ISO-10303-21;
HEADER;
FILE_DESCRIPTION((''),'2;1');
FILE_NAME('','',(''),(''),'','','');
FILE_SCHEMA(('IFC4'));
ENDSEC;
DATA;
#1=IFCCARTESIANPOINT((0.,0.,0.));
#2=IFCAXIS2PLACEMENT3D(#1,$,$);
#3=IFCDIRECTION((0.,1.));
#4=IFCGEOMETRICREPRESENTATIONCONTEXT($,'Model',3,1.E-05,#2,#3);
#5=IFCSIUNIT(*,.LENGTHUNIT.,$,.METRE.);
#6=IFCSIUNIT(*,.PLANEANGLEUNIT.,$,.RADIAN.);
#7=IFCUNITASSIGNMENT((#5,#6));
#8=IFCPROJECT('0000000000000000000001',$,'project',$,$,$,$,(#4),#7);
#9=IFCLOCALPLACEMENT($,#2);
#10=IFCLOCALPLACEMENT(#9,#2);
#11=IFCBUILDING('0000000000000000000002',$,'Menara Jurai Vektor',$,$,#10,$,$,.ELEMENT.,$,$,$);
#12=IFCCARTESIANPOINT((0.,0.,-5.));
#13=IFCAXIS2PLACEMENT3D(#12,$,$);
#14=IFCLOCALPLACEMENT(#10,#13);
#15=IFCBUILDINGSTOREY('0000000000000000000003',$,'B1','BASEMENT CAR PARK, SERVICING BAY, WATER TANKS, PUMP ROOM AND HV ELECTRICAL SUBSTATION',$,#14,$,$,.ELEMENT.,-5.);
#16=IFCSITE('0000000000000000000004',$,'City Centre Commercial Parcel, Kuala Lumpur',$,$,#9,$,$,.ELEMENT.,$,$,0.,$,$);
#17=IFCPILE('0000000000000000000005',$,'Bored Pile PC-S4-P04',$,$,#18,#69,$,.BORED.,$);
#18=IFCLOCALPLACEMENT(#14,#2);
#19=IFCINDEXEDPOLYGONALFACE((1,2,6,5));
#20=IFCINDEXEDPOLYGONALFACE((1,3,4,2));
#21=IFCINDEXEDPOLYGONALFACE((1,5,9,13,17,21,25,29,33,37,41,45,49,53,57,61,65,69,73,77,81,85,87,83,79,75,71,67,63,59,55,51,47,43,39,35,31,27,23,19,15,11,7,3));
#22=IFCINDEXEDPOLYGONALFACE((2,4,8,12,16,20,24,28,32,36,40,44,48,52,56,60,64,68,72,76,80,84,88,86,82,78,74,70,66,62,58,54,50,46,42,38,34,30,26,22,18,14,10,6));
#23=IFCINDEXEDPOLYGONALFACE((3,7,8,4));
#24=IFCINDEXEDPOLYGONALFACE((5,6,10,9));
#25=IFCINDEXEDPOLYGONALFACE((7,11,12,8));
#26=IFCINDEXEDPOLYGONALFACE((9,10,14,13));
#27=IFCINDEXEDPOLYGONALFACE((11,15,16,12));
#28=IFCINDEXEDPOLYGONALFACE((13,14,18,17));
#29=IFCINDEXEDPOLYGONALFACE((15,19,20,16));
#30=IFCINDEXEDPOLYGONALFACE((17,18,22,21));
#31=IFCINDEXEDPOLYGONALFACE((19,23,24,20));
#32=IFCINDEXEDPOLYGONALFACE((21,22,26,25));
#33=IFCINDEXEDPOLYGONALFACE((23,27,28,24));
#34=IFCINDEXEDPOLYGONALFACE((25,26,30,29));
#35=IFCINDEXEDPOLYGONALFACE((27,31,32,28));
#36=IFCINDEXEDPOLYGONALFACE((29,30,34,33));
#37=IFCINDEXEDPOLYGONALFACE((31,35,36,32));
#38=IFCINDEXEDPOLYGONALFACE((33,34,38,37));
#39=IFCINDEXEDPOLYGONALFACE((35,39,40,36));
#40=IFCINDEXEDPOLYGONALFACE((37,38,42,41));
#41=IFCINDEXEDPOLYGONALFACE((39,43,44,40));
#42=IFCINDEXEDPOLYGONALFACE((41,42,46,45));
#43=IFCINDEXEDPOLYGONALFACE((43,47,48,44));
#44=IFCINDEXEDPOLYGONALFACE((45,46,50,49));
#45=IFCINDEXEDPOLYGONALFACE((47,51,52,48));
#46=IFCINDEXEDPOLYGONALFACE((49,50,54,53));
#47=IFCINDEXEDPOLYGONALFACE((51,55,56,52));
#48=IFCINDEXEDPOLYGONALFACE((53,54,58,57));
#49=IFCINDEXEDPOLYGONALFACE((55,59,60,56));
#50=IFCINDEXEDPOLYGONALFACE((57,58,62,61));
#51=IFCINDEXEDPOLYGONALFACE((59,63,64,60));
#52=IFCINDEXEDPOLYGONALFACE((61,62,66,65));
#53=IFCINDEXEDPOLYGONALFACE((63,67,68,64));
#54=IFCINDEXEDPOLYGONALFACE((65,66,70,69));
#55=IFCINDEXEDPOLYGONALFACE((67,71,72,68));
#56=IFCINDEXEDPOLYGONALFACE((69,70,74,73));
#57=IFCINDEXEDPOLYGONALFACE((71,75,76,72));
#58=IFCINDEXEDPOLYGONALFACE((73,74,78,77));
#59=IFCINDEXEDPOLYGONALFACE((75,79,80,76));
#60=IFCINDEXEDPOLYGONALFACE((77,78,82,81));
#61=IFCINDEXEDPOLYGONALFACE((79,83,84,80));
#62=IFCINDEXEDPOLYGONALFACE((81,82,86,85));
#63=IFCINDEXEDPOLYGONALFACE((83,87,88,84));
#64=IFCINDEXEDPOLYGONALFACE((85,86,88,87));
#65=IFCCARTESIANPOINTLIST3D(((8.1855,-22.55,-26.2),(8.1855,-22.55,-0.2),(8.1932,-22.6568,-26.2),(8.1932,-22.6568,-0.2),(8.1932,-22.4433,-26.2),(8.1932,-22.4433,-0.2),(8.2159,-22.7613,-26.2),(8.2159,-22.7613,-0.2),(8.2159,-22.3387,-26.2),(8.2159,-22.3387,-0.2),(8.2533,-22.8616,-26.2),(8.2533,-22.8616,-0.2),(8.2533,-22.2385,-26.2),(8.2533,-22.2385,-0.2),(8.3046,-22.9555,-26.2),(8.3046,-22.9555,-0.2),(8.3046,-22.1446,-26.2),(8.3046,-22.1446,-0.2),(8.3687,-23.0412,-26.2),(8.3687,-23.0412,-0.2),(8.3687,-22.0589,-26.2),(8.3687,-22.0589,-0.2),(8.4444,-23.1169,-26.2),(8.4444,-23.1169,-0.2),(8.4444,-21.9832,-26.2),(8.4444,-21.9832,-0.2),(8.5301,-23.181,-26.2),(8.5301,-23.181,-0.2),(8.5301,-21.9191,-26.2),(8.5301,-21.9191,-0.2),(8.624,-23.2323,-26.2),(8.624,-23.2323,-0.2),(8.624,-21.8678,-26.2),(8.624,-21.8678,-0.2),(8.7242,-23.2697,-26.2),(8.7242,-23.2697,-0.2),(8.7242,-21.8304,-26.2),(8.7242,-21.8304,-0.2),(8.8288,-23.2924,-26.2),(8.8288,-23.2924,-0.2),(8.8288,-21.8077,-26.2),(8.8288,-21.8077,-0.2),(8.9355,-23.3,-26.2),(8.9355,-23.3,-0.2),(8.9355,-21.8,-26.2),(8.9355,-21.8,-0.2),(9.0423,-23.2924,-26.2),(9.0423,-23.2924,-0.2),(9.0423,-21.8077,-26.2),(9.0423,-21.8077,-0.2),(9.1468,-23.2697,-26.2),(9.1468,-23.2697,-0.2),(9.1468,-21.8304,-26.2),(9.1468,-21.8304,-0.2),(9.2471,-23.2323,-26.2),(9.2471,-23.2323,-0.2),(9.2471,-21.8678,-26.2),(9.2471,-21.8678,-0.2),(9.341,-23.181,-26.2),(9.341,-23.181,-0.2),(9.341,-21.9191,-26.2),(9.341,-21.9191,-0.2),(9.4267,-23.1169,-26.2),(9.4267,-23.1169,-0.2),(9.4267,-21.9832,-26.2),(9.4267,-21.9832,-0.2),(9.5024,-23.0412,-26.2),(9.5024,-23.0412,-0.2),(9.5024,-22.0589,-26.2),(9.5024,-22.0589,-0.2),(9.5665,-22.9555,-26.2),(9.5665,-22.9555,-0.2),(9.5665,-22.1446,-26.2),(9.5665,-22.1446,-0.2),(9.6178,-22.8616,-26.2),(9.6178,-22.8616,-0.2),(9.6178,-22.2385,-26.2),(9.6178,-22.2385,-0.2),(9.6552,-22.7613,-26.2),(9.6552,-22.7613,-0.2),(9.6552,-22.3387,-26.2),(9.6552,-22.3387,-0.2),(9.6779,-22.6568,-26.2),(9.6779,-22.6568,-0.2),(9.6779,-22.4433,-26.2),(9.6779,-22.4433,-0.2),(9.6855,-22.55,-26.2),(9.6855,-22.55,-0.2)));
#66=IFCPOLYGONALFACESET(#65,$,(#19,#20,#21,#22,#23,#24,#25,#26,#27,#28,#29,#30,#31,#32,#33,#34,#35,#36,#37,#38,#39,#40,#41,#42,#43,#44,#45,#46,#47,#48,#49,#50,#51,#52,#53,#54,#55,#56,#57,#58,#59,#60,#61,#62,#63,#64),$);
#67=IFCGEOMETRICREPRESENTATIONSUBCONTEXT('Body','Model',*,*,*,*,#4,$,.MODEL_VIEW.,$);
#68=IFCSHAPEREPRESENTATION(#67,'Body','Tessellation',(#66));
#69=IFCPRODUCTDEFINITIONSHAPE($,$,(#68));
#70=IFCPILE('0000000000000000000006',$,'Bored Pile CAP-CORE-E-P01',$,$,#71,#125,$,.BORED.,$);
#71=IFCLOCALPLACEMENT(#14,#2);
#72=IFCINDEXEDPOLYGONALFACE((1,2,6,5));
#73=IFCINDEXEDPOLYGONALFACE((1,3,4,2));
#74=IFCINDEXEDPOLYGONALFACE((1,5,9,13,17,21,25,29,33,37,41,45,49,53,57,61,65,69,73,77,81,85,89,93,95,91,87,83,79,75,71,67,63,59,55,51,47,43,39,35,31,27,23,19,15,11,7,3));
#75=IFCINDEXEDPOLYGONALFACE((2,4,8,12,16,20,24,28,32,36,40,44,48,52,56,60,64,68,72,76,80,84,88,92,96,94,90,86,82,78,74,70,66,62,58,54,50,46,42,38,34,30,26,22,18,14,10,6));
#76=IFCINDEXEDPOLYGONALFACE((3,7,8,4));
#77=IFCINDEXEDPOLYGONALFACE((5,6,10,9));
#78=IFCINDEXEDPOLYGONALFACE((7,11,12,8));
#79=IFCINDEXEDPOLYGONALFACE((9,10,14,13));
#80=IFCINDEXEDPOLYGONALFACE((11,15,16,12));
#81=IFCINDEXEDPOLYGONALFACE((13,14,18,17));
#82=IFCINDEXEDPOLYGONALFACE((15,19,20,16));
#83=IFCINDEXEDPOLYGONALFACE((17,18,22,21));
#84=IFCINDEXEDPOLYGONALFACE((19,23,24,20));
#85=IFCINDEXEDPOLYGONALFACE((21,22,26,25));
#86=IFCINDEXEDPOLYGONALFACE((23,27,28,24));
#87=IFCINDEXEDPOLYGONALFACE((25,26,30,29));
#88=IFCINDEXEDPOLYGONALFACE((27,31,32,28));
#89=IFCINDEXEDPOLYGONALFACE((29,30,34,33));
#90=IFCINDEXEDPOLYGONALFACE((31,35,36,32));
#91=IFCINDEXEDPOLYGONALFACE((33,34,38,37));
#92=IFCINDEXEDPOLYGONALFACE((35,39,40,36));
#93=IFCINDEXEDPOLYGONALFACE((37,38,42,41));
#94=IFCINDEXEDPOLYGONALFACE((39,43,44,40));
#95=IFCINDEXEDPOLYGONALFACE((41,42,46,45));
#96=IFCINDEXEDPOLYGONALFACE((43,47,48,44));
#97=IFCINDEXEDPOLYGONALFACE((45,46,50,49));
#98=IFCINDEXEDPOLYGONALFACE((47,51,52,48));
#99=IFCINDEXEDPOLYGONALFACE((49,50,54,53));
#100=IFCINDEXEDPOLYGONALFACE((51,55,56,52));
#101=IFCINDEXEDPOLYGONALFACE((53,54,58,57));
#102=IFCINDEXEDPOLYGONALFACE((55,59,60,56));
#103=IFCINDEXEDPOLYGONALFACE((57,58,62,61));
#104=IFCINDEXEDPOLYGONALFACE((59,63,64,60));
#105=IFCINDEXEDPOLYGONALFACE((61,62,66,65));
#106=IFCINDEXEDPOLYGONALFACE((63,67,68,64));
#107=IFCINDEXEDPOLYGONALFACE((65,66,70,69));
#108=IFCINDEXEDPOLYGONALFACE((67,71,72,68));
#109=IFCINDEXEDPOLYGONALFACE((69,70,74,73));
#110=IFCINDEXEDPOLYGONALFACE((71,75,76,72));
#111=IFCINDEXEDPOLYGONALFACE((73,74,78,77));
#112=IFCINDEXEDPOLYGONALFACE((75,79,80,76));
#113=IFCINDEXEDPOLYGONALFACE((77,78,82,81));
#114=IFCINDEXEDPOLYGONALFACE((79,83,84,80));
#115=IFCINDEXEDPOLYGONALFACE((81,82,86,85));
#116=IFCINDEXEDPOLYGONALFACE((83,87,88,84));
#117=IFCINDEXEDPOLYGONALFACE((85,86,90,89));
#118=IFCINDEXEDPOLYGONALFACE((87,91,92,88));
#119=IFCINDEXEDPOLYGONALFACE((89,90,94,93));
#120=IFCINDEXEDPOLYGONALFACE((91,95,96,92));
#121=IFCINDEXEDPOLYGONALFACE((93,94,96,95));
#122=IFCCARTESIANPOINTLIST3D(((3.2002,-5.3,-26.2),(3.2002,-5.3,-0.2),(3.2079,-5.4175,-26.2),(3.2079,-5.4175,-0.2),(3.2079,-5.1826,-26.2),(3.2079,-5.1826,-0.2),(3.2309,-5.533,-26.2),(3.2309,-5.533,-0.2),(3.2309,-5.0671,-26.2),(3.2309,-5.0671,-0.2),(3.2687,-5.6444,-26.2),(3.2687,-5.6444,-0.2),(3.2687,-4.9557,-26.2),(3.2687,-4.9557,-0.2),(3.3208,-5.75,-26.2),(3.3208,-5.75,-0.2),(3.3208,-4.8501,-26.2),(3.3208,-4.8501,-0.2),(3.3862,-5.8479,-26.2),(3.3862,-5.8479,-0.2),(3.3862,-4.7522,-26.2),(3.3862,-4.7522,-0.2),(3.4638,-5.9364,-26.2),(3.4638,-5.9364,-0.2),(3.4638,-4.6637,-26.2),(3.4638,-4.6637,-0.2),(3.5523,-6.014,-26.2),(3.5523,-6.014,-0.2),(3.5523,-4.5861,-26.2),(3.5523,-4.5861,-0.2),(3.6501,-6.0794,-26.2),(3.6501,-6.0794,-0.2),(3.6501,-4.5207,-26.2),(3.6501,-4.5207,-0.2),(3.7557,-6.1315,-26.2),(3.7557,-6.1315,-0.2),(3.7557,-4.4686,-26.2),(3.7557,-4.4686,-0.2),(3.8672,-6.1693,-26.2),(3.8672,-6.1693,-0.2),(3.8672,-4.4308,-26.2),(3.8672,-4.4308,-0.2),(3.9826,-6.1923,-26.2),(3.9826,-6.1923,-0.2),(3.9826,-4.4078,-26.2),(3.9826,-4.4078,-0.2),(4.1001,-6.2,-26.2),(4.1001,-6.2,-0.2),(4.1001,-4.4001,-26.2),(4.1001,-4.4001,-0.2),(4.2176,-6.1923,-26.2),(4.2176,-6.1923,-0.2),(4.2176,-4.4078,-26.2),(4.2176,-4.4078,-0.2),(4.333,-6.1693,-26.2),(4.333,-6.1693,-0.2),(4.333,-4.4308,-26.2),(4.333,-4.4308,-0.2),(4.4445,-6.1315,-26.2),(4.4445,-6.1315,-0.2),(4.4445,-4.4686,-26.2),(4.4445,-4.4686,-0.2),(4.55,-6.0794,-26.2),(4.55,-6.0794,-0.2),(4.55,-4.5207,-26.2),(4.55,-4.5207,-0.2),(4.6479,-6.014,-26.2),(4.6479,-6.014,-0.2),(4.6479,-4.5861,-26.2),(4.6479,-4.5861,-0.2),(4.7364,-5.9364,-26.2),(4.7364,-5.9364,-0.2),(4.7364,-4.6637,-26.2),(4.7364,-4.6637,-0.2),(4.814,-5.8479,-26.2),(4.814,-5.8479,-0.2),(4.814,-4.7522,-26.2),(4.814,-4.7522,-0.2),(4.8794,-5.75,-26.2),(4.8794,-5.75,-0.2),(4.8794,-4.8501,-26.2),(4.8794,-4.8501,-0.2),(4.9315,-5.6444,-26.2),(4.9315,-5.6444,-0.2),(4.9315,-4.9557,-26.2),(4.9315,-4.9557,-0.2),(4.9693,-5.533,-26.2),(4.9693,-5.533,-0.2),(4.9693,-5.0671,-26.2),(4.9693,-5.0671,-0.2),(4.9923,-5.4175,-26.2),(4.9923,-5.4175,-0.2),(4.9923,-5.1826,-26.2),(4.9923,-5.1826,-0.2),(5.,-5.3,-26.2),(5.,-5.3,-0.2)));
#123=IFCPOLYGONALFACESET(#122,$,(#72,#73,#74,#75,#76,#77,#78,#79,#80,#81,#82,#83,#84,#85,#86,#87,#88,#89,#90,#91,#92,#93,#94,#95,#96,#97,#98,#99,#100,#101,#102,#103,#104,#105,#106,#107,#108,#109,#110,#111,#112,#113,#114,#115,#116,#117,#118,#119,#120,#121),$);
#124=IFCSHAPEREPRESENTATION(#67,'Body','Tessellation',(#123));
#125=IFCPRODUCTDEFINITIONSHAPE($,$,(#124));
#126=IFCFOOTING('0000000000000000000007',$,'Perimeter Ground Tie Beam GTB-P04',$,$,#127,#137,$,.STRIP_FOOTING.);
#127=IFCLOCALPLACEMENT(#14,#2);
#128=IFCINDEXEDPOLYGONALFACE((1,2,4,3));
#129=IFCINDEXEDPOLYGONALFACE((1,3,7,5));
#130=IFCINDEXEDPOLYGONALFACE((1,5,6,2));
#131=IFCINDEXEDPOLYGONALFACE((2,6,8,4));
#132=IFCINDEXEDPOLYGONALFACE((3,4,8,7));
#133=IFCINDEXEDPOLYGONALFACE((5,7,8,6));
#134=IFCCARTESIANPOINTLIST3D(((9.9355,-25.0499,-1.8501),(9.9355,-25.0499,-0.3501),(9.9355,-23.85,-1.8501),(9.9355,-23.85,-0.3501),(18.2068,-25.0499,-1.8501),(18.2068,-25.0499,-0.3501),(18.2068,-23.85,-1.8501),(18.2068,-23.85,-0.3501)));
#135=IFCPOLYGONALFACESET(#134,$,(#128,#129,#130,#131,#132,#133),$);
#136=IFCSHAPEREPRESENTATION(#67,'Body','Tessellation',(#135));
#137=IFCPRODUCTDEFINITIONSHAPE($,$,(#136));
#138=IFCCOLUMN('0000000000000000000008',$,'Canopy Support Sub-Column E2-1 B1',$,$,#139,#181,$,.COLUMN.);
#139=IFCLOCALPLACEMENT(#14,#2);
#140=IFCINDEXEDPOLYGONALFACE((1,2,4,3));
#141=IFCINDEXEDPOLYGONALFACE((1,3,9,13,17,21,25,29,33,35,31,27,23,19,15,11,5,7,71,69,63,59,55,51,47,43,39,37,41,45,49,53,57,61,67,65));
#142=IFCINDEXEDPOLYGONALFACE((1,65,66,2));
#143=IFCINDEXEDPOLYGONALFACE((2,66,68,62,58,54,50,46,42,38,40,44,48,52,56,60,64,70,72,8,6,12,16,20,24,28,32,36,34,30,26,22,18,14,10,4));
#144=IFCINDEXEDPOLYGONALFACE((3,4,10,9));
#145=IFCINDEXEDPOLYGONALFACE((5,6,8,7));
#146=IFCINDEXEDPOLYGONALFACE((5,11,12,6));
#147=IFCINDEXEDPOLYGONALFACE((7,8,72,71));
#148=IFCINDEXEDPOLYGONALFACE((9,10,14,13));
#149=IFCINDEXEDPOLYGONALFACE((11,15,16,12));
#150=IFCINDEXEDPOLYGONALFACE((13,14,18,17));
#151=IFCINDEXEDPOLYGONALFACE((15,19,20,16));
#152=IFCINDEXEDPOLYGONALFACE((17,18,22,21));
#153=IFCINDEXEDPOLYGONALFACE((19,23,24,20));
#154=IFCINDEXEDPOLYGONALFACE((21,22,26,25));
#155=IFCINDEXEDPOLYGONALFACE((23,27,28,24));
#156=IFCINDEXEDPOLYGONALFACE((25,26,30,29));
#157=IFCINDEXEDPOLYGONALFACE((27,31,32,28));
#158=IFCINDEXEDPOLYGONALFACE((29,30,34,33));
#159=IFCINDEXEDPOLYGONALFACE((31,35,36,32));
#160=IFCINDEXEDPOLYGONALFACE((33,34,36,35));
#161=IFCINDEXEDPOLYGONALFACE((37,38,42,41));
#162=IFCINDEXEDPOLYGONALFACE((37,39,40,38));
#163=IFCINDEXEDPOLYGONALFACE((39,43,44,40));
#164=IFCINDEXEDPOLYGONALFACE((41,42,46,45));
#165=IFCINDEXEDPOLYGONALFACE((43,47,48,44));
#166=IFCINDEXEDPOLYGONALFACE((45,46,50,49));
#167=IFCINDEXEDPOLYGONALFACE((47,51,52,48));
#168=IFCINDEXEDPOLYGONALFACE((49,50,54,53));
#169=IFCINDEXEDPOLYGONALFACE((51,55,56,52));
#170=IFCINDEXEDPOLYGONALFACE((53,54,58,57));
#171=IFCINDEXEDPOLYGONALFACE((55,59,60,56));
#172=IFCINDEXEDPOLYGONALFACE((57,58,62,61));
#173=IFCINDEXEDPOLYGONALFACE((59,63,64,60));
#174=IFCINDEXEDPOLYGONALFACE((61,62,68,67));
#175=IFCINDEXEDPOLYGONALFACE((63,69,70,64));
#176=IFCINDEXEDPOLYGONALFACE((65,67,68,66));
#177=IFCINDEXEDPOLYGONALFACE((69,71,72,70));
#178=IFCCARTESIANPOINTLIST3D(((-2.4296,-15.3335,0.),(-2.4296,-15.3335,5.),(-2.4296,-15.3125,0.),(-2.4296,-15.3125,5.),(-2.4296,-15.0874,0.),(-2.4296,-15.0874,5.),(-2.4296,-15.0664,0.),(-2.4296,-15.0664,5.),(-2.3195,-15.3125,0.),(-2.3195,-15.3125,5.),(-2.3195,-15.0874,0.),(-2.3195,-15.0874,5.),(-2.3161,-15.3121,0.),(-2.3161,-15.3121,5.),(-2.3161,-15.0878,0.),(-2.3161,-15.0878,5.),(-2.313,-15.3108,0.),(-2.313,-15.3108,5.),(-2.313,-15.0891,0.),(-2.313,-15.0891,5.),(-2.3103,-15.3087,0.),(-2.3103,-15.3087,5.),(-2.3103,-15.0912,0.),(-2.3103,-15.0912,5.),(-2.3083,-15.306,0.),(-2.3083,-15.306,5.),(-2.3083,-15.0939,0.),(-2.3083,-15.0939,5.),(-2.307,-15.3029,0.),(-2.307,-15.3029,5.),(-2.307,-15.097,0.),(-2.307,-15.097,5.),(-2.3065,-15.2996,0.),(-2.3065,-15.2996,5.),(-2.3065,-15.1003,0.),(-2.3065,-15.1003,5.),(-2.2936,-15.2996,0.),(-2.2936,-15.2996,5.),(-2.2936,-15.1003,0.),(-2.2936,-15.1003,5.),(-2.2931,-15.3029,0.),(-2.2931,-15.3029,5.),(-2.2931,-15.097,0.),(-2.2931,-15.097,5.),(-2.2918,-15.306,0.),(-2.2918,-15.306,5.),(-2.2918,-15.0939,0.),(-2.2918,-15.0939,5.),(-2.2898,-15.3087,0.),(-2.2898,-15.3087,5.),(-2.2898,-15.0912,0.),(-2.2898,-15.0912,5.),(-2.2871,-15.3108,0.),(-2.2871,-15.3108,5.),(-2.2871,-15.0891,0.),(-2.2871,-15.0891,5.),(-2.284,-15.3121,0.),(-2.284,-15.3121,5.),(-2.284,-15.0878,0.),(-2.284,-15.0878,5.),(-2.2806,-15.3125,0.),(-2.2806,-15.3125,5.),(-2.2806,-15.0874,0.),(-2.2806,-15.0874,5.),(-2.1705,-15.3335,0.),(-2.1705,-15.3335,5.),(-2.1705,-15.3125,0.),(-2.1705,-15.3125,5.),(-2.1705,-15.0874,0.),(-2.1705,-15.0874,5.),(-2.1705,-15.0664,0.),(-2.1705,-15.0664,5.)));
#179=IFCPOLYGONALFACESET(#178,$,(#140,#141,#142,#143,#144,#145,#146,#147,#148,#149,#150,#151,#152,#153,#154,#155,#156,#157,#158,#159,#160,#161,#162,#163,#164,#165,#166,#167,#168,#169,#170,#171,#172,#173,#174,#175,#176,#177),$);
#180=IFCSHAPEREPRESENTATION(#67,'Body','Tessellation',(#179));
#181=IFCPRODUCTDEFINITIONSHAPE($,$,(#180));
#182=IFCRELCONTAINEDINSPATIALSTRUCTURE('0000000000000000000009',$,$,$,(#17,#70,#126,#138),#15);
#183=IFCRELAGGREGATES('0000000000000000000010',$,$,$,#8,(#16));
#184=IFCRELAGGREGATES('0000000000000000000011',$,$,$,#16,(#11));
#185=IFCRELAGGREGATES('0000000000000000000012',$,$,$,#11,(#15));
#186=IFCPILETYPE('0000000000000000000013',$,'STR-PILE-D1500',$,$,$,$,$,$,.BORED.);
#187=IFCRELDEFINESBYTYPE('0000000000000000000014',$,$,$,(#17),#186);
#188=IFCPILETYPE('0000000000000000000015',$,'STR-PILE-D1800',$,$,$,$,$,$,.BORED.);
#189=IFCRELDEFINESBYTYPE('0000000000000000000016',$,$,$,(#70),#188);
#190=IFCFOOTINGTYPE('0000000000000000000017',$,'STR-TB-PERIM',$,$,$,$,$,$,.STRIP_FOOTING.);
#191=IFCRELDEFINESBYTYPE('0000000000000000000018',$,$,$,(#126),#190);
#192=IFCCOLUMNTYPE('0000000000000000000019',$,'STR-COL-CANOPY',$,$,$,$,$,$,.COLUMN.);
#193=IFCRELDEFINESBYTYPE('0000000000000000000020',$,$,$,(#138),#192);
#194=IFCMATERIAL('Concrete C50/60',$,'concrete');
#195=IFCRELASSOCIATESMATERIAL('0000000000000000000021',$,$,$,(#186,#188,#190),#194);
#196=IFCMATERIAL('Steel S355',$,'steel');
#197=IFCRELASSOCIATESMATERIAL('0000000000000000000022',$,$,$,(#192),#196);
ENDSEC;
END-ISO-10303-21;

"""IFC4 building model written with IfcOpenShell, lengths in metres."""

from ifc_helpers import new_model, si_unit, direction, frame, origin, origin_2d, place, context, subcontext, project, spatial, rectangle, circle, i_section, extrude, material, material_profile, profile_set, type_object, element, save


model = new_model("IFC4")

# Units and contexts
model_context = context("Model", 3, precision=1e-05, world=origin(), true_north=direction((0.0, 1.0)))
body_context = subcontext(model_context, "Body", "Model", "MODEL_VIEW")
ifc_project = project(units=[si_unit("LENGTHUNIT", "METRE"), si_unit("PLANEANGLEUNIT", "RADIAN")], contexts=[model_context])

# Site, building, storey
site_placement = place(None, origin())
site = spatial("IfcSite", under=ifc_project, at=site_placement, Name="City Centre Commercial Parcel, Kuala Lumpur", CompositionType="ELEMENT", RefElevation=0.0)
building_placement = place(site_placement, origin())
building = spatial("IfcBuilding", under=site, at=building_placement, Name="Menara Jurai Vektor", CompositionType="ELEMENT")
storey_placement = place(building_placement, frame((0.0, 0.0, -5.0)))
storey = spatial("IfcBuildingStorey", under=building, at=storey_placement, Name="B1", Description="BASEMENT CAR PARK, SERVICING BAY, WATER TANKS, PUMP ROOM AND HV ELECTRICAL SUBSTATION", CompositionType="ELEMENT", Elevation=-5.0)

# Shared definitions
ifc_material_1 = material(Name="Concrete C50/60", Category="concrete")

# Piles
ifc_material_profile_1 = material_profile(ifc_material_1, circle(Radius=0.75, at=origin_2d()), Name="PILE D1500")
ifc_profile_set_1 = profile_set([ifc_material_profile_1], Name="Concrete C50/60")
pile_type_1 = type_object("IfcPileType", Name="STR-PILE-D1500", PredefinedType="BORED", material=ifc_profile_set_1)
for number, where, z_axis, x_axis, name in (
    (1, (8.9355, -22.55, -0.2), (0.0, 0.0, -1.0), (1.0, 0.0, 0.0), "Bored Pile PC-S4-P04"),
):
    element("IfcPile", number, at=place(storey_placement, frame(where, z_axis=z_axis, x_axis=x_axis)), inside=storey, type_object=pile_type_1, Name=name, PredefinedType="BORED", context=body_context, shape_type="SweptSolid", body=[
        extrude(circle(Radius=0.75, at=origin_2d()), origin(), (0.0, 0.0, 1.0), 26.0),
    ])
ifc_material_profile_2 = material_profile(ifc_material_1, circle(Radius=0.8999, at=origin_2d()), Name="PILE D1800")
ifc_profile_set_2 = profile_set([ifc_material_profile_2], Name="Concrete C50/60")
pile_type_2 = type_object("IfcPileType", Name="STR-PILE-D1800", PredefinedType="BORED", material=ifc_profile_set_2)
pile_placement = place(storey_placement, frame((4.1001, -5.3, -0.2), z_axis=(0.0, 0.0, -1.0), x_axis=(1.0, 0.0, 0.0)))
element("IfcPile", 2, at=pile_placement, inside=storey, type_object=pile_type_2, Name="Bored Pile CAP-CORE-E-P01", PredefinedType="BORED", context=body_context, shape_type="SweptSolid", body=[
    extrude(circle(Radius=0.8999, at=origin_2d()), origin(), (0.0, 0.0, 1.0), 26.0),
])

# Footing
ifc_material_profile_3 = material_profile(ifc_material_1, rectangle(XDim=1.2, YDim=1.5, at=origin_2d()), Name="RC 1200x1500")
ifc_profile_set_3 = profile_set([ifc_material_profile_3], Name="Concrete C50/60")
footing_type_1 = type_object("IfcFootingType", Name="STR-TB-PERIM", PredefinedType="STRIP_FOOTING", material=ifc_profile_set_3)
footing_1_placement = place(storey_placement, frame((9.9355, -24.45, -1.1001), z_axis=(1.0, 0.0, 0.0), x_axis=(0.0, 1.0, 0.0)))
element("IfcFooting", 3, at=footing_1_placement, inside=storey, type_object=footing_type_1, Name="Perimeter Ground Tie Beam GTB-P04", PredefinedType="STRIP_FOOTING", context=body_context, shape_type="SweptSolid", body=[
    extrude(rectangle(XDim=1.2, YDim=1.5, at=origin_2d()), origin(), (0.0, 0.0, 1.0), 8.2712),
])

# Column
ifc_material_2 = material(Name="Steel S355", Category="steel")
ifc_material_profile_4 = material_profile(ifc_material_2, i_section(OverallWidth=0.259, OverallDepth=0.2671, WebThickness=0.0129, FlangeThickness=0.021, FilletRadius=0.0129, at=origin_2d()), Name="UKC 254x254x107")
ifc_profile_set_4 = profile_set([ifc_material_profile_4], Name="Steel S355")
column_type_1 = type_object("IfcColumnType", Name="STR-COL-CANOPY", PredefinedType="COLUMN", material=ifc_profile_set_4)
for number, where, z_axis, x_axis, name in (
    (4, (-2.3, -15.2, 0.0), (0.0, 0.0, 1.0), (1.0, 0.0, 0.0), "Canopy Support Sub-Column E2-1 B1"),
):
    element("IfcColumn", number, at=place(storey_placement, frame(where, z_axis=z_axis, x_axis=x_axis)), inside=storey, type_object=column_type_1, Name=name, PredefinedType="COLUMN", context=body_context, shape_type="SweptSolid", body=[
        extrude(i_section(OverallWidth=0.259, OverallDepth=0.2671, WebThickness=0.0129, FlangeThickness=0.021, FilletRadius=0.0129, at=origin_2d()), origin(), (0.0, 0.0, 1.0), 5.0),
    ])

save(model, "model.ifc")
